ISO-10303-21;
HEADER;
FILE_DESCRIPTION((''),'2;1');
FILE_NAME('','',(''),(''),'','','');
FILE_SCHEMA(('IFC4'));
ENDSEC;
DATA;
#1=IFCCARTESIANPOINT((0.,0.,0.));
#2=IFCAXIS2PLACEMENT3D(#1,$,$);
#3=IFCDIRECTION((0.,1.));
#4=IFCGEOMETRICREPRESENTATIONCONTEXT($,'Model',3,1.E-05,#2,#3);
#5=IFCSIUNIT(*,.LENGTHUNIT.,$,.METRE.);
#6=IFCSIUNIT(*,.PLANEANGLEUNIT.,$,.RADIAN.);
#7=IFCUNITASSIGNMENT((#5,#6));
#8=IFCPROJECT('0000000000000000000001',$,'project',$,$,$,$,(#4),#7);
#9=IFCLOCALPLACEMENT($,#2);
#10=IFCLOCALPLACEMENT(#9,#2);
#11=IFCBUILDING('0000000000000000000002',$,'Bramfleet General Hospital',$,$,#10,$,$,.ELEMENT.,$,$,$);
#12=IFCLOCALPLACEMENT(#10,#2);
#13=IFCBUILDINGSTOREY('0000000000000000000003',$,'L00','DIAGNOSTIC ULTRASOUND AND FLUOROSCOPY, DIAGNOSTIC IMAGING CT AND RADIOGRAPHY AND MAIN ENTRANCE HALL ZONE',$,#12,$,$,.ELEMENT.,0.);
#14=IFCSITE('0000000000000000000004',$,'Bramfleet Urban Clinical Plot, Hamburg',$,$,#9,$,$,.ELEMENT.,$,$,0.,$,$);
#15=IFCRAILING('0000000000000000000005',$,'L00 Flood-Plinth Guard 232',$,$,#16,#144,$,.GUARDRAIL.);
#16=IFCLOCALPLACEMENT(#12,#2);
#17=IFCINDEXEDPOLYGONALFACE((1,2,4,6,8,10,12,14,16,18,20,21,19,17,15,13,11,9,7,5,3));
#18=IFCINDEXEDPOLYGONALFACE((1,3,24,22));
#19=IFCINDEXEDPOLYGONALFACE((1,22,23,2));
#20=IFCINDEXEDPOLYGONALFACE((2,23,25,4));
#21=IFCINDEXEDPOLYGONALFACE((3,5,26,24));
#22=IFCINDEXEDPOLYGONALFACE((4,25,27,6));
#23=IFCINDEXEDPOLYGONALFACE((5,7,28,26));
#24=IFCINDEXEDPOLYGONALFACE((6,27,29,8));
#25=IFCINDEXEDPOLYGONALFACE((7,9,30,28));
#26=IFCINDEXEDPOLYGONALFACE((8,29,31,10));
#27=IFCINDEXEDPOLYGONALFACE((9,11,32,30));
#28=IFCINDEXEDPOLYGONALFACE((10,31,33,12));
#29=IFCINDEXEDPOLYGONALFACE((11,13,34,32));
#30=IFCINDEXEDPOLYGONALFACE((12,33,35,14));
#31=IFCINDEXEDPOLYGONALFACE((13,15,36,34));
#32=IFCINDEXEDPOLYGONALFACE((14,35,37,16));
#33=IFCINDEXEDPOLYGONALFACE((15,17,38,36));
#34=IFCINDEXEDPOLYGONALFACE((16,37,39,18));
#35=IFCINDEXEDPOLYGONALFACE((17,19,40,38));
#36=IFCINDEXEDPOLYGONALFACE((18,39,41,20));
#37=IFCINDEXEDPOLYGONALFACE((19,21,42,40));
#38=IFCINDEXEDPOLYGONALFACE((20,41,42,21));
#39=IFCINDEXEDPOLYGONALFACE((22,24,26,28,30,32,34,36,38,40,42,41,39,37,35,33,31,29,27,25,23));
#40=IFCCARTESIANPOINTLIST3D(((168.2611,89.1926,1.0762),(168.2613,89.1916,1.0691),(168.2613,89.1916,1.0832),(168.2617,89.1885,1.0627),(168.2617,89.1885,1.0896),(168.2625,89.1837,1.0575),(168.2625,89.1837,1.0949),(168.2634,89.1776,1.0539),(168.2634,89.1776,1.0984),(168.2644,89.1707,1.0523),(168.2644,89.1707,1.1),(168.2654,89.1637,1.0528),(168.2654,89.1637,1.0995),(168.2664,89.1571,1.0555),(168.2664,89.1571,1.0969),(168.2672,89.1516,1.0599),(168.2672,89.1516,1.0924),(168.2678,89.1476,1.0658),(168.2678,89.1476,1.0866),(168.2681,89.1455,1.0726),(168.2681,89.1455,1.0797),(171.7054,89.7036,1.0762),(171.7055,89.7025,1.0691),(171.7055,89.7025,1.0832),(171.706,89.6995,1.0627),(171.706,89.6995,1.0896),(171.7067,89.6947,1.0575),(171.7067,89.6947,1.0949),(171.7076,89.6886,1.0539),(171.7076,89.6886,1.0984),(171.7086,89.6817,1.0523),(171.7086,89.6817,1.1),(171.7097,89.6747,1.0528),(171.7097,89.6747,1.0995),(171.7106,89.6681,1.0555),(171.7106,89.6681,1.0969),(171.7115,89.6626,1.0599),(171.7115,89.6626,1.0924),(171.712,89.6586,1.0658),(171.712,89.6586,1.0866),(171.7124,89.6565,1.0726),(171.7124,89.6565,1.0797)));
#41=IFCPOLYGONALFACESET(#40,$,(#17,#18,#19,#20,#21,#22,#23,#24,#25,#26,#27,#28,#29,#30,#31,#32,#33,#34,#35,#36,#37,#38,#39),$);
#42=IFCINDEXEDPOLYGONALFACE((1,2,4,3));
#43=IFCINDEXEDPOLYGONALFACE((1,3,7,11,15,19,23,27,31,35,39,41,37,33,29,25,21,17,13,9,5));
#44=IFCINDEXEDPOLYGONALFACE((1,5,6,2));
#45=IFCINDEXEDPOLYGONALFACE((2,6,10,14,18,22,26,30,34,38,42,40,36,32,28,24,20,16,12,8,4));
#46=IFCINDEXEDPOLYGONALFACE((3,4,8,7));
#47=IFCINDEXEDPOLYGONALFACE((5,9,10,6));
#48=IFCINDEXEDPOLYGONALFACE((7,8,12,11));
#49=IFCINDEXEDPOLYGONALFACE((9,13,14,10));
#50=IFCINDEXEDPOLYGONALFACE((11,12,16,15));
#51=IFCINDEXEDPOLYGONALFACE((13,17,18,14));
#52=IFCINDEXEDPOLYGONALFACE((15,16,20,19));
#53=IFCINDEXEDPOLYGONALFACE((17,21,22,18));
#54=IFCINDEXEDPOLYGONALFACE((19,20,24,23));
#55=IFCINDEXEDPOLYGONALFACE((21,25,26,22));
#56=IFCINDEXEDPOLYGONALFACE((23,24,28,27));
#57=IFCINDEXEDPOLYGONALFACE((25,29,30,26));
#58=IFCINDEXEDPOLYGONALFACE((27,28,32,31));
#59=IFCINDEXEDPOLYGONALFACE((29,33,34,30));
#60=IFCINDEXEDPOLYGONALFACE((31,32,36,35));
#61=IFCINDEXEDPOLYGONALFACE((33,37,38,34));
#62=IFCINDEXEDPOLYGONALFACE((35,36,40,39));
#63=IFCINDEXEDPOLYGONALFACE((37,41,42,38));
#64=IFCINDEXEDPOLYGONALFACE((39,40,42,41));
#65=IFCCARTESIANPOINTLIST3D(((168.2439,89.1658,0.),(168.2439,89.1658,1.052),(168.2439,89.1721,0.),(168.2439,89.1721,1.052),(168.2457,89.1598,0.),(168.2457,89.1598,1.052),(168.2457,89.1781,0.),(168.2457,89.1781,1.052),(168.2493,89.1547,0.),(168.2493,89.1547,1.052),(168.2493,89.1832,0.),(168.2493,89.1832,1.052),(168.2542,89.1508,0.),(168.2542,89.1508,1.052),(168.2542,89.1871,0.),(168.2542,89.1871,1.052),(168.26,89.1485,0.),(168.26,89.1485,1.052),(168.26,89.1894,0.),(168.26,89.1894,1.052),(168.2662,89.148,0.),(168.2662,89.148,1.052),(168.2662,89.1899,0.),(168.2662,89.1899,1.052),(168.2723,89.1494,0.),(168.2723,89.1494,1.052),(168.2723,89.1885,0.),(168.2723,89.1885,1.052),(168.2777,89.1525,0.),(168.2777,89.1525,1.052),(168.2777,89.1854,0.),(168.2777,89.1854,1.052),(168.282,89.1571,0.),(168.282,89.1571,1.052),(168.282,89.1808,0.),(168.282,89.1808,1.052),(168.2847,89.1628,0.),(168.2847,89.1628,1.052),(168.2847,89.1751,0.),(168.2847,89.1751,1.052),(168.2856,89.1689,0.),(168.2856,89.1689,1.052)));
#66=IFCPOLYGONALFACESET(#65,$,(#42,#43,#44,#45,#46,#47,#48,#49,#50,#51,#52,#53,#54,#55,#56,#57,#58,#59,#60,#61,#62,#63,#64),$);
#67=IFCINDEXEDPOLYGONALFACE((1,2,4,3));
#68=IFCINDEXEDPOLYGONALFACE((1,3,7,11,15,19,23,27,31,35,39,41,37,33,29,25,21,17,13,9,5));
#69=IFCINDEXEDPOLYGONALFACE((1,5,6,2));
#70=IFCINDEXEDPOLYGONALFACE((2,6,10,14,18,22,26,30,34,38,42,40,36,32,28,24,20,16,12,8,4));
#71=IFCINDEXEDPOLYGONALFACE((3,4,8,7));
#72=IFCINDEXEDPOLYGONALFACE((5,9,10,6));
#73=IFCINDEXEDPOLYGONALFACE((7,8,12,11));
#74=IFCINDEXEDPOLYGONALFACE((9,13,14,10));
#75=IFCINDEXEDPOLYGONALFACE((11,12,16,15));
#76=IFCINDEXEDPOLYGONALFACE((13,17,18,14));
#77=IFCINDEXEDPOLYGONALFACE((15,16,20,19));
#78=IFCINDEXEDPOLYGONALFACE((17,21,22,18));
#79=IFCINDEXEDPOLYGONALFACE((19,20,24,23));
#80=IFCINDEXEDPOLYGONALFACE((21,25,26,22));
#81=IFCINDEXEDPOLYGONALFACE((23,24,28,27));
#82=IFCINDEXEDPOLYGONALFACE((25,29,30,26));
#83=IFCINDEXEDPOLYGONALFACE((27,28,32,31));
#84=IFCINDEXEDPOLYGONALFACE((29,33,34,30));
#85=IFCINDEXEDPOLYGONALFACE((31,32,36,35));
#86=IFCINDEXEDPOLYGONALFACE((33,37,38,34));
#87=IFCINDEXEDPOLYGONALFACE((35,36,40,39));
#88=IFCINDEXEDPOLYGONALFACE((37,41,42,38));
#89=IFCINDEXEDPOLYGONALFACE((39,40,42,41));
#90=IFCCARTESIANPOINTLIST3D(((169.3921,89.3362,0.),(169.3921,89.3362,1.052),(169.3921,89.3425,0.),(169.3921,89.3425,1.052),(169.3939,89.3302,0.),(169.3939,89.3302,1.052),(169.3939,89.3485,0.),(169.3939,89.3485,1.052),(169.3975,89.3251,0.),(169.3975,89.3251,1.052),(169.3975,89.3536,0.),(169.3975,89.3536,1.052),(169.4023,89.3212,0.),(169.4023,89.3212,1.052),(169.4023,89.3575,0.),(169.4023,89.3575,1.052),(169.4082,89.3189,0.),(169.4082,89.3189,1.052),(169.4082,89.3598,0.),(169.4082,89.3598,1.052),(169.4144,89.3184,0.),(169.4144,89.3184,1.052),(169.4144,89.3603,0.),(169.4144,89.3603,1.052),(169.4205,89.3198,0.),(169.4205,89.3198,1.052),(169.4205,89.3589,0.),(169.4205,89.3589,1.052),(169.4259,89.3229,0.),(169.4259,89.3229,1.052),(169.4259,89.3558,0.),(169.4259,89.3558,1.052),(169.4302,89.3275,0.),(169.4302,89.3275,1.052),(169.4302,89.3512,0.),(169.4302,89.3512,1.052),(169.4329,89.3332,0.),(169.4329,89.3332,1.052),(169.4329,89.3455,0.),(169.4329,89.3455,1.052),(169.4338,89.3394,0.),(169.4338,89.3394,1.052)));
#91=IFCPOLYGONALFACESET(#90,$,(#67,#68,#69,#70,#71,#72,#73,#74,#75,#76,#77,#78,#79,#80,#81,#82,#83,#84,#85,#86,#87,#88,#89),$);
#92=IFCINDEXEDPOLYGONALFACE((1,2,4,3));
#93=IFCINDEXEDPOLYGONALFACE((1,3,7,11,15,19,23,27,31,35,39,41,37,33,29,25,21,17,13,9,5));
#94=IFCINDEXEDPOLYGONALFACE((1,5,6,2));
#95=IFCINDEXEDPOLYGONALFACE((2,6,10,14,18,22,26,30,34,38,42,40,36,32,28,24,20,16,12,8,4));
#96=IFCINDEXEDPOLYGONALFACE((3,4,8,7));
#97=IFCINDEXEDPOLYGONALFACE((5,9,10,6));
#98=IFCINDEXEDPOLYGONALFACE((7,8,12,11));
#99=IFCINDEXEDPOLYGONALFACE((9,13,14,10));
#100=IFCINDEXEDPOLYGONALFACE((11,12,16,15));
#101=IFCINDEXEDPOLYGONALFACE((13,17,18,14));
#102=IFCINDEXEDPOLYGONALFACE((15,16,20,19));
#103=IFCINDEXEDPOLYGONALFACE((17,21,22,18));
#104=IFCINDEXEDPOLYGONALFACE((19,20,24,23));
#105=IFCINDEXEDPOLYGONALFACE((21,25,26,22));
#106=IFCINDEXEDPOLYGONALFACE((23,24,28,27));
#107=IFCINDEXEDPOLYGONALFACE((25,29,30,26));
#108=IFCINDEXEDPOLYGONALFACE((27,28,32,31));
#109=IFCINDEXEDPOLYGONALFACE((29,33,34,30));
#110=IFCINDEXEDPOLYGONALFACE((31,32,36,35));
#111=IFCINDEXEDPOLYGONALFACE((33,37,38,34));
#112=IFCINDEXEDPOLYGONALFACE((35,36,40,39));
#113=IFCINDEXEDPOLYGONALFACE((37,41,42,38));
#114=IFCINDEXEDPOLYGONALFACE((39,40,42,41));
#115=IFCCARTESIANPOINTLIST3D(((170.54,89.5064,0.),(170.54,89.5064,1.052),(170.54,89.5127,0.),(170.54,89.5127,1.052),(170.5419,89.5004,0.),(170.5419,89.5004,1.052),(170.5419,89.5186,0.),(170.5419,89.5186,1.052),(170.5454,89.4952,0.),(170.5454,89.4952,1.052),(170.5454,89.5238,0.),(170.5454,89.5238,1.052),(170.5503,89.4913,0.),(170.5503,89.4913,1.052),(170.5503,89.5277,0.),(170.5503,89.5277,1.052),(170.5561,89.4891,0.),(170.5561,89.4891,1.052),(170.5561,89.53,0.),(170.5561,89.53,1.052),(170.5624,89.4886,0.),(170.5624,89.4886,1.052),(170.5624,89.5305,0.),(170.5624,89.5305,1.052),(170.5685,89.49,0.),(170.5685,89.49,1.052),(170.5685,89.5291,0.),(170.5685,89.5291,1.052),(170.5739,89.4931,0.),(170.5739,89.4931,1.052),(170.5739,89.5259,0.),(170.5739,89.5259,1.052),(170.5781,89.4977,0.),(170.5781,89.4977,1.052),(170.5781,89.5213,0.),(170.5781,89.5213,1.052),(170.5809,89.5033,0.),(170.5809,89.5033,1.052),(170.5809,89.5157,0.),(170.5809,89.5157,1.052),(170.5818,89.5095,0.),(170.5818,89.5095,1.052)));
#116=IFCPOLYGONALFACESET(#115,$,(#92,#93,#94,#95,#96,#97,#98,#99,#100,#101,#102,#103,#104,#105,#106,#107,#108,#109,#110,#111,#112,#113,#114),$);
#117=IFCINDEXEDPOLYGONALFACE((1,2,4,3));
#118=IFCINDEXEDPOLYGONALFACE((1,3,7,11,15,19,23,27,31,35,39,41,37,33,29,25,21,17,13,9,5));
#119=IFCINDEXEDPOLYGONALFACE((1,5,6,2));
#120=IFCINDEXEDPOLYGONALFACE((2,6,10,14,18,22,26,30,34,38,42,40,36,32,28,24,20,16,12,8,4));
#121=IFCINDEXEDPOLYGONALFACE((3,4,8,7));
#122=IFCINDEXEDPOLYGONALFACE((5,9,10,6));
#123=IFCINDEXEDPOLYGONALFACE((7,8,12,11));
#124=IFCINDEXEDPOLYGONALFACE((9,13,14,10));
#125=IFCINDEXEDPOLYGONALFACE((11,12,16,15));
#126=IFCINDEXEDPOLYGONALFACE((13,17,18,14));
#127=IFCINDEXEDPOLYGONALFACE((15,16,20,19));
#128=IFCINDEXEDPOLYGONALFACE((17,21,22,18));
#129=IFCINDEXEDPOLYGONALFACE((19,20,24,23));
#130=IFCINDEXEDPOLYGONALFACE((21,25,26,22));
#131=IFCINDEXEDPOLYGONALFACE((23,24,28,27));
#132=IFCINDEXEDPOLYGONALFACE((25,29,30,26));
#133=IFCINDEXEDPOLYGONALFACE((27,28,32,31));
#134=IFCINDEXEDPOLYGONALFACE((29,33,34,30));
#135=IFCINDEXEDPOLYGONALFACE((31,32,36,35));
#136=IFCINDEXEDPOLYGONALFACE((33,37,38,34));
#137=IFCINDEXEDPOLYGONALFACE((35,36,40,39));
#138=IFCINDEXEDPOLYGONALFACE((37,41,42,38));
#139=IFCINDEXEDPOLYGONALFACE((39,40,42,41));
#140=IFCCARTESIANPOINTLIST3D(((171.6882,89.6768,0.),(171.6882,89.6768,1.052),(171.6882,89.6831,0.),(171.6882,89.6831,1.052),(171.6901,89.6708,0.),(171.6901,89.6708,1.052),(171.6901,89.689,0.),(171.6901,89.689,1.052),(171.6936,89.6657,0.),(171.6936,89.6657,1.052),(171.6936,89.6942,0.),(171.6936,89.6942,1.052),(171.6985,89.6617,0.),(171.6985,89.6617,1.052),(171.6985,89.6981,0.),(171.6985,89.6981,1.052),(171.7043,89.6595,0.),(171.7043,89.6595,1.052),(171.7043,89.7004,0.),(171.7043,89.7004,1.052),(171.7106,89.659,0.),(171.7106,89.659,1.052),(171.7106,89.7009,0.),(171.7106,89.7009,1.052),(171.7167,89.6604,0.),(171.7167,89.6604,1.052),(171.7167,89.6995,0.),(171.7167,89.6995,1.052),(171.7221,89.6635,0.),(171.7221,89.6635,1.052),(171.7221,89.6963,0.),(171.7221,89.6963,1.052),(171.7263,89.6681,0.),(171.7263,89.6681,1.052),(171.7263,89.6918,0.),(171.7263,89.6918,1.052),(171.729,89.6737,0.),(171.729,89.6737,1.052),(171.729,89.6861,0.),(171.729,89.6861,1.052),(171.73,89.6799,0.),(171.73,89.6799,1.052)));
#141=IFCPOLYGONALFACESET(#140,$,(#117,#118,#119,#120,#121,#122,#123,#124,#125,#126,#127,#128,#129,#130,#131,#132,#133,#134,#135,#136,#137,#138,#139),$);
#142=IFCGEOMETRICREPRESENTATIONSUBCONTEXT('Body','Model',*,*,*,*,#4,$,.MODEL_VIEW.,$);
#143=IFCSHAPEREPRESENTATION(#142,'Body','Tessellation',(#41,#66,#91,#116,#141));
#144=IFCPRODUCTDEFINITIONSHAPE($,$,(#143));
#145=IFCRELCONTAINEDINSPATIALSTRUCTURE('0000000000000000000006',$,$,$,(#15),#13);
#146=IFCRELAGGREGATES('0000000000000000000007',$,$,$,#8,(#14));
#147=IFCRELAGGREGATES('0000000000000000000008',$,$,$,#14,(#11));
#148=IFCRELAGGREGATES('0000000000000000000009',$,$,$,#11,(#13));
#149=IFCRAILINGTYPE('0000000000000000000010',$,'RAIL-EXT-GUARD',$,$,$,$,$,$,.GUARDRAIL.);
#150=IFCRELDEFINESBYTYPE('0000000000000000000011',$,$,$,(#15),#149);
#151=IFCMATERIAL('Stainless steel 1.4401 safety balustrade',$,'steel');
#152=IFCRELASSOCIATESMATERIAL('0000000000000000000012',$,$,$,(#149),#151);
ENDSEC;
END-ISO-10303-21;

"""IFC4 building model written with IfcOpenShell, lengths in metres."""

from ifc_helpers import new_model, si_unit, direction, frame, origin, origin_2d, place, context, subcontext, project, spatial, circle, extrude, material, type_object, element, save


model = new_model("IFC4")

# Units and contexts
model_context = context("Model", 3, precision=1e-05, world=origin(), true_north=direction((0.0, 1.0)))
body_context = subcontext(model_context, "Body", "Model", "MODEL_VIEW")
ifc_project = project(units=[si_unit("LENGTHUNIT", "METRE"), si_unit("PLANEANGLEUNIT", "RADIAN")], contexts=[model_context])

# Site, building, storey
site_placement = place(None, origin())
site = spatial("IfcSite", under=ifc_project, at=site_placement, Name="Bramfleet Urban Clinical Plot, Hamburg", CompositionType="ELEMENT", RefElevation=0.0)
building_placement = place(site_placement, origin())
building = spatial("IfcBuilding", under=site, at=building_placement, Name="Bramfleet General Hospital", CompositionType="ELEMENT")
storey_placement = place(building_placement, origin())
storey = spatial("IfcBuildingStorey", under=building, at=storey_placement, Name="L00", Description="DIAGNOSTIC ULTRASOUND AND FLUOROSCOPY, DIAGNOSTIC IMAGING CT AND RADIOGRAPHY AND MAIN ENTRANCE HALL ZONE", CompositionType="ELEMENT", Elevation=0.0)

# Railing
ifc_material_1 = material(Name="Stainless steel 1.4401 safety balustrade", Category="steel")
railing_type = type_object("IfcRailingType", Name="RAIL-EXT-GUARD", PredefinedType="GUARDRAIL", material=ifc_material_1)
railing_1_placement = place(storey_placement, frame((168.2646, 89.1689, 0.0)))
element("IfcRailing", 1, at=railing_1_placement, inside=storey, type_object=railing_type, Name="L00 Flood-Plinth Guard 232", PredefinedType="GUARDRAIL", context=body_context, shape_type="SweptSolid", body=[
    extrude(circle(Radius=0.0239, at=origin_2d()), frame((0.0, 0.0, 1.0762), z_axis=(0.989174, 0.146749, 0.0), x_axis=(-0.146749, 0.989174, 0.0)), (0.0, 0.0, 1.0), 3.4819),
    extrude(circle(Radius=0.021, at=origin_2d()), origin(), (0.0, 0.0, 1.0), 1.052),
    extrude(circle(Radius=0.021, at=origin_2d()), frame((1.1482, 0.1704, 0.0)), (0.0, 0.0, 1.0), 1.052),
    extrude(circle(Radius=0.021, at=origin_2d()), frame((2.2961, 0.3406, 0.0)), (0.0, 0.0, 1.0), 1.052),
    extrude(circle(Radius=0.021, at=origin_2d()), frame((3.4443, 0.511, 0.0)), (0.0, 0.0, 1.0), 1.052),
])

save(model, "model.ifc")
